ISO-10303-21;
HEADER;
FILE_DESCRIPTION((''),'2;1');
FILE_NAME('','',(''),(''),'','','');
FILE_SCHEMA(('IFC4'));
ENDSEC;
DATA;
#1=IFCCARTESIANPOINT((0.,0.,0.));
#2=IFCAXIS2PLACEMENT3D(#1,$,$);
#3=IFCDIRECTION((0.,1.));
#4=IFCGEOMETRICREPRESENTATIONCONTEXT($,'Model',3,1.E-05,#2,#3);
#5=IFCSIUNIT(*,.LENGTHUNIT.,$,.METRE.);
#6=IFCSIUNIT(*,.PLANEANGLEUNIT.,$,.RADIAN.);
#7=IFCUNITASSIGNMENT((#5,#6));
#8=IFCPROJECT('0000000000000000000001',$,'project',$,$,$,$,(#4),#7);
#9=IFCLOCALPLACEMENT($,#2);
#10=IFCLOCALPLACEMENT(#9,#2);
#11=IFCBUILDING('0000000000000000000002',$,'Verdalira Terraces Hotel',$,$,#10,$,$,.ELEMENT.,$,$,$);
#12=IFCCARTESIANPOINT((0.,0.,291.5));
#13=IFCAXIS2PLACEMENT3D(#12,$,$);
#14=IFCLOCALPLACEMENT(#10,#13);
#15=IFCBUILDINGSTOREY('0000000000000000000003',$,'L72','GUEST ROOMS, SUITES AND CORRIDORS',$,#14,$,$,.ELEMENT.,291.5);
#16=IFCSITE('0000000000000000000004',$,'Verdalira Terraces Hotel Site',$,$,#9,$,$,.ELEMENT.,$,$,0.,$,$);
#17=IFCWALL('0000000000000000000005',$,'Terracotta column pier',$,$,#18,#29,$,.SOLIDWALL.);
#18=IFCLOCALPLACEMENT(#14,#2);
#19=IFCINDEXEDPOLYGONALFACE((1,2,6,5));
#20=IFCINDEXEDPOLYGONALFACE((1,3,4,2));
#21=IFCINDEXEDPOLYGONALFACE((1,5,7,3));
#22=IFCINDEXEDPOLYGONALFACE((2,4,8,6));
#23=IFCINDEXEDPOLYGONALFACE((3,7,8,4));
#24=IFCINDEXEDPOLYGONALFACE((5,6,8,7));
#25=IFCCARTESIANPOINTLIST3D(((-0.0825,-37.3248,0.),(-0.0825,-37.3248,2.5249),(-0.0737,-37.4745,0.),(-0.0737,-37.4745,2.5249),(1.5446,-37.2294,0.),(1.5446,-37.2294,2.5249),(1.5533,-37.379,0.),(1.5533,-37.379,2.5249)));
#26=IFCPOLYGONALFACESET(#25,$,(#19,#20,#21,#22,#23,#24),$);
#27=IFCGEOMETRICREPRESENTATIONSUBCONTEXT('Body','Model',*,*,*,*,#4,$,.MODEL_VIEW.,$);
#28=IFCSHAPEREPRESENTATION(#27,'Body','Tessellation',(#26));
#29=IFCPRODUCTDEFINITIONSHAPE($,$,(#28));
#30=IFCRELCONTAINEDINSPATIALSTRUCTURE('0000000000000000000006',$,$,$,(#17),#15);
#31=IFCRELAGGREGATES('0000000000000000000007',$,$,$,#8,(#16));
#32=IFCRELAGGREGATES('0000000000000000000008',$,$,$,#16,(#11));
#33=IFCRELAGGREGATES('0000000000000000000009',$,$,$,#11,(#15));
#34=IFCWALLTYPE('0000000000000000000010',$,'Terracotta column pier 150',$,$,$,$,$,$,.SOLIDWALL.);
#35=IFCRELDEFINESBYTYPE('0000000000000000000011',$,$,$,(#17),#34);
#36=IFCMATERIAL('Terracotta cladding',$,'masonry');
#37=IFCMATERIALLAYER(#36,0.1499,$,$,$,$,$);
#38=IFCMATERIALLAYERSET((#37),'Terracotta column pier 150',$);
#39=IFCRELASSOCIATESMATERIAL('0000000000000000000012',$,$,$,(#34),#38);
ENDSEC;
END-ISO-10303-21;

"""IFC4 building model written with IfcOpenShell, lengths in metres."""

from ifc_helpers import new_model, si_unit, direction, frame, frame_2d, origin, place, context, subcontext, project, spatial, rectangle, extrude, material, layer, layer_set, type_object, element, save


model = new_model("IFC4")

# Units and contexts
model_context = context("Model", 3, precision=1e-05, world=origin(), true_north=direction((0.0, 1.0)))
body_context = subcontext(model_context, "Body", "Model", "MODEL_VIEW")
ifc_project = project(units=[si_unit("LENGTHUNIT", "METRE"), si_unit("PLANEANGLEUNIT", "RADIAN")], contexts=[model_context])

# Site, building, storey
site_placement = place(None, origin())
site = spatial("IfcSite", under=ifc_project, at=site_placement, Name="Verdalira Terraces Hotel Site", CompositionType="ELEMENT", RefElevation=0.0)
building_placement = place(site_placement, origin())
building = spatial("IfcBuilding", under=site, at=building_placement, Name="Verdalira Terraces Hotel", CompositionType="ELEMENT")
storey_placement = place(building_placement, frame((0.0, 0.0, 291.5)))
storey = spatial("IfcBuildingStorey", under=building, at=storey_placement, Name="L72", Description="GUEST ROOMS, SUITES AND CORRIDORS", CompositionType="ELEMENT", Elevation=291.5)

# Wall
ifc_material_1 = material(Name="Terracotta cladding", Category="masonry")
ifc_layer_1 = layer(ifc_material_1, 0.1499)
ifc_layer_set_1 = layer_set([ifc_layer_1], Name="Terracotta column pier 150")
wall_type_1 = type_object("IfcWallType", Name="Terracotta column pier 150", PredefinedType="SOLIDWALL", material=ifc_layer_set_1)
wall_1_placement = place(storey_placement, frame((-0.0781, -37.3997, 0.0), z_axis=(0.0, 0.0, 1.0), x_axis=(0.998284, 0.058564, 0.0)))
element("IfcWall", 1, at=wall_1_placement, inside=storey, type_object=wall_type_1, Name="Terracotta column pier", PredefinedType="SOLIDWALL", context=body_context, shape_type="SweptSolid", body=[
    extrude(rectangle(XDim=1.6299, YDim=0.1499, at=frame_2d((0.8149, 0.0))), origin(), (0.0, 0.0, 1.0), 2.5249),
])

save(model, "model.ifc")
